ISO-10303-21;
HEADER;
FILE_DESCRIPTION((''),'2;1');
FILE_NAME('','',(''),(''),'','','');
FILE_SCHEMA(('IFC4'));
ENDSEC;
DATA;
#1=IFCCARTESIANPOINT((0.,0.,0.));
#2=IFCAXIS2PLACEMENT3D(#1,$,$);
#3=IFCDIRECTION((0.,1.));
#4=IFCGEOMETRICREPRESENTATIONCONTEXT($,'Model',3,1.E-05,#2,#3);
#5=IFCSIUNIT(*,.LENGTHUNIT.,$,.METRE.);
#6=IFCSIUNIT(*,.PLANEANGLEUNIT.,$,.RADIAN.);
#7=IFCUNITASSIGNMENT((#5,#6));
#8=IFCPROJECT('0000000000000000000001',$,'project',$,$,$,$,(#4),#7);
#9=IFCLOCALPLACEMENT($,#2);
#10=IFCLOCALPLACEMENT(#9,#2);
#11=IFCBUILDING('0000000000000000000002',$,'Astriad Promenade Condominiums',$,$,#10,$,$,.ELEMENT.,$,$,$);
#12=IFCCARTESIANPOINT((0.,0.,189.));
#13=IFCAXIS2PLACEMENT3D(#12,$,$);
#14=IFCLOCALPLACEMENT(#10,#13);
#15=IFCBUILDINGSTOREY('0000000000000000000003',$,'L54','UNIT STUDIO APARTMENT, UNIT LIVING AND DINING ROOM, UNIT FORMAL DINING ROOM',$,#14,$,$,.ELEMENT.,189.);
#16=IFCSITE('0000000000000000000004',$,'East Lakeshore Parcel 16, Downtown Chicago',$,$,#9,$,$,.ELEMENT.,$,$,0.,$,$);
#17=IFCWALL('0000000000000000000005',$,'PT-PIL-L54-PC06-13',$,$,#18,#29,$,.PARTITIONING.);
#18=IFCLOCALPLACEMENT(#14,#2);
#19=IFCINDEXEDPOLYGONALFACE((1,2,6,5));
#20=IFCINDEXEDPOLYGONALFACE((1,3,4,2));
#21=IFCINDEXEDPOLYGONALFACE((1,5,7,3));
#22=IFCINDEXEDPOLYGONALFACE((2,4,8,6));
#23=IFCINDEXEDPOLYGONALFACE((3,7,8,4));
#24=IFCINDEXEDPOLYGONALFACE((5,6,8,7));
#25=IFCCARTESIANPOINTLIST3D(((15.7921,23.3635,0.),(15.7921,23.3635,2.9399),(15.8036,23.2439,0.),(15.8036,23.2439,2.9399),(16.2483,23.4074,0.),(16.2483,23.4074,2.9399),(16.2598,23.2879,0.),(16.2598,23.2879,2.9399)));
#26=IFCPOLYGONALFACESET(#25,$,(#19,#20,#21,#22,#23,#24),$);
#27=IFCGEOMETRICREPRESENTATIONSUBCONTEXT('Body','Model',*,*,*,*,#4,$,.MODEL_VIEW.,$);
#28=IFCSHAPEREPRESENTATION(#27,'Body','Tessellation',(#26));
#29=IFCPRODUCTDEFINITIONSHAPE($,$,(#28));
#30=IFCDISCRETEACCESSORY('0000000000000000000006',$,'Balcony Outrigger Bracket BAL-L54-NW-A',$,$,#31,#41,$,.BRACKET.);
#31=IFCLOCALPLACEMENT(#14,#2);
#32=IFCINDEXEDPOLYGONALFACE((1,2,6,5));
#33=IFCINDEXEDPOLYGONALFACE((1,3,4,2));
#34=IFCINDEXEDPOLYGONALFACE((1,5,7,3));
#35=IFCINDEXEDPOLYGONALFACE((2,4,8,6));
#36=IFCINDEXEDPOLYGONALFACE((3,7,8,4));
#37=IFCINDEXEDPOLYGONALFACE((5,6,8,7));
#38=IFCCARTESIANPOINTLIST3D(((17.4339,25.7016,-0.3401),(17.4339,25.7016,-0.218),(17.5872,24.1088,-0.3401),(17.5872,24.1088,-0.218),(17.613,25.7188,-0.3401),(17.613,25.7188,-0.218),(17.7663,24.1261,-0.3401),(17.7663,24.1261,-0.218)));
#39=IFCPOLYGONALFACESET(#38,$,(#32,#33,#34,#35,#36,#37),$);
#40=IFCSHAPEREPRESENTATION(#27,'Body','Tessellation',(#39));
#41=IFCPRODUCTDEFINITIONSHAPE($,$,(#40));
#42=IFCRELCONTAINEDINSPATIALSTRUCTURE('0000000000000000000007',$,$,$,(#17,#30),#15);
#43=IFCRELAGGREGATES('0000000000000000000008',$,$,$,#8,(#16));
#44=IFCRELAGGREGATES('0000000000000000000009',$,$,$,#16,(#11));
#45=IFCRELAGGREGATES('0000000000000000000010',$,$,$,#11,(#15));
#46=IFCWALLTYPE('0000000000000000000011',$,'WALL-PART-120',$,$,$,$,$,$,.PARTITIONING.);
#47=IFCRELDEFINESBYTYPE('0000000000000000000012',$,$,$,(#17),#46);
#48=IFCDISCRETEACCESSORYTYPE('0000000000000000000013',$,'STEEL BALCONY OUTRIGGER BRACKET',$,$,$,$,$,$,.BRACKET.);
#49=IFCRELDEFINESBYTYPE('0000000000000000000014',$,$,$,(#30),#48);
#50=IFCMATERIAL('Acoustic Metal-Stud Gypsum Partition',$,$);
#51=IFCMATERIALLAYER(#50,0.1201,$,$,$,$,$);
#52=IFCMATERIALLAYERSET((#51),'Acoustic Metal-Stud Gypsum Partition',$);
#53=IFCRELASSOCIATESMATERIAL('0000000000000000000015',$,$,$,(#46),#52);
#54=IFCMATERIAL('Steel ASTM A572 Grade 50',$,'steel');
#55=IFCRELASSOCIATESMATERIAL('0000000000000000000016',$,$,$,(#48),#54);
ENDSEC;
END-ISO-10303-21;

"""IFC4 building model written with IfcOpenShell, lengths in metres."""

from ifc_helpers import new_model, si_unit, direction, frame, frame_2d, origin, origin_2d, place, context, subcontext, project, spatial, rectangle, extrude, source, transform, mapped, material, layer, layer_set, type_object, type_shapes, element, save


model = new_model("IFC4")

# Units and contexts
model_context = context("Model", 3, precision=1e-05, world=origin(), true_north=direction((0.0, 1.0)))
body_context = subcontext(model_context, "Body", "Model", "MODEL_VIEW")
ifc_project = project(units=[si_unit("LENGTHUNIT", "METRE"), si_unit("PLANEANGLEUNIT", "RADIAN")], contexts=[model_context])

# Site, building, storey
site_placement = place(None, origin())
site = spatial("IfcSite", under=ifc_project, at=site_placement, Name="East Lakeshore Parcel 16, Downtown Chicago", CompositionType="ELEMENT", RefElevation=0.0)
building_placement = place(site_placement, origin())
building = spatial("IfcBuilding", under=site, at=building_placement, Name="Astriad Promenade Condominiums", CompositionType="ELEMENT")
storey_placement = place(building_placement, frame((0.0, 0.0, 189.0)))
storey = spatial("IfcBuildingStorey", under=building, at=storey_placement, Name="L54", Description="UNIT STUDIO APARTMENT, UNIT LIVING AND DINING ROOM, UNIT FORMAL DINING ROOM", CompositionType="ELEMENT", Elevation=189.0)

# Shared definitions
ifc_material_1 = material(Name="Acoustic Metal-Stud Gypsum Partition")
ifc_layer_1 = layer(ifc_material_1, 0.1201)
ifc_layer_set_1 = layer_set([ifc_layer_1], Name="Acoustic Metal-Stud Gypsum Partition")
wall_type_1 = type_object("IfcWallType", Name="WALL-PART-120", PredefinedType="PARTITIONING", material=ifc_layer_set_1)

# Wall
wall_1_placement = place(storey_placement, frame((16.2539, 23.3477, 0.0), z_axis=(0.0, 0.0, 1.0), x_axis=(-0.995389, -0.095915, 0.0)))
element("IfcWall", 1, at=wall_1_placement, inside=storey, type_object=wall_type_1, Name="PT-PIL-L54-PC06-13", PredefinedType="PARTITIONING", context=body_context, shape_type="SweptSolid", body=[
    extrude(rectangle(XDim=0.4583, YDim=0.1201, at=frame_2d((0.229, 0.0))), origin(), (0.0, 0.0, 1.0), 2.9399),
])

# Discrete accessory
ifc_material_2 = material(Name="Steel ASTM A572 Grade 50", Category="steel")
discrete_accessory_type = type_object("IfcDiscreteAccessoryType", Name="STEEL BALCONY OUTRIGGER BRACKET", PredefinedType="BRACKET", material=ifc_material_2)
shared_shape_1 = source(origin(), body_context, "Body", "SweptSolid", [
    extrude(rectangle(XDim=1.6001, YDim=0.1799, at=origin_2d()), origin(), (0.0, 0.0, 1.0), 0.1221),
])
type_shapes(discrete_accessory_type, [shared_shape_1])
discrete_accessory_placement = place(storey_placement, frame((17.6001, 24.9138, -0.3401), z_axis=(0.0, 0.0, 1.0), x_axis=(-0.095846, 0.995396, 0.0)))
element("IfcDiscreteAccessory", 2, at=discrete_accessory_placement, inside=storey, type_object=discrete_accessory_type, Name="Balcony Outrigger Bracket BAL-L54-NW-A", PredefinedType="BRACKET", context=body_context, shape_type="MappedRepresentation", body=[
    mapped(shared_shape_1, transform((0.0, 0.0, 0.0), scale=1.0)),
])

save(model, "model.ifc")
